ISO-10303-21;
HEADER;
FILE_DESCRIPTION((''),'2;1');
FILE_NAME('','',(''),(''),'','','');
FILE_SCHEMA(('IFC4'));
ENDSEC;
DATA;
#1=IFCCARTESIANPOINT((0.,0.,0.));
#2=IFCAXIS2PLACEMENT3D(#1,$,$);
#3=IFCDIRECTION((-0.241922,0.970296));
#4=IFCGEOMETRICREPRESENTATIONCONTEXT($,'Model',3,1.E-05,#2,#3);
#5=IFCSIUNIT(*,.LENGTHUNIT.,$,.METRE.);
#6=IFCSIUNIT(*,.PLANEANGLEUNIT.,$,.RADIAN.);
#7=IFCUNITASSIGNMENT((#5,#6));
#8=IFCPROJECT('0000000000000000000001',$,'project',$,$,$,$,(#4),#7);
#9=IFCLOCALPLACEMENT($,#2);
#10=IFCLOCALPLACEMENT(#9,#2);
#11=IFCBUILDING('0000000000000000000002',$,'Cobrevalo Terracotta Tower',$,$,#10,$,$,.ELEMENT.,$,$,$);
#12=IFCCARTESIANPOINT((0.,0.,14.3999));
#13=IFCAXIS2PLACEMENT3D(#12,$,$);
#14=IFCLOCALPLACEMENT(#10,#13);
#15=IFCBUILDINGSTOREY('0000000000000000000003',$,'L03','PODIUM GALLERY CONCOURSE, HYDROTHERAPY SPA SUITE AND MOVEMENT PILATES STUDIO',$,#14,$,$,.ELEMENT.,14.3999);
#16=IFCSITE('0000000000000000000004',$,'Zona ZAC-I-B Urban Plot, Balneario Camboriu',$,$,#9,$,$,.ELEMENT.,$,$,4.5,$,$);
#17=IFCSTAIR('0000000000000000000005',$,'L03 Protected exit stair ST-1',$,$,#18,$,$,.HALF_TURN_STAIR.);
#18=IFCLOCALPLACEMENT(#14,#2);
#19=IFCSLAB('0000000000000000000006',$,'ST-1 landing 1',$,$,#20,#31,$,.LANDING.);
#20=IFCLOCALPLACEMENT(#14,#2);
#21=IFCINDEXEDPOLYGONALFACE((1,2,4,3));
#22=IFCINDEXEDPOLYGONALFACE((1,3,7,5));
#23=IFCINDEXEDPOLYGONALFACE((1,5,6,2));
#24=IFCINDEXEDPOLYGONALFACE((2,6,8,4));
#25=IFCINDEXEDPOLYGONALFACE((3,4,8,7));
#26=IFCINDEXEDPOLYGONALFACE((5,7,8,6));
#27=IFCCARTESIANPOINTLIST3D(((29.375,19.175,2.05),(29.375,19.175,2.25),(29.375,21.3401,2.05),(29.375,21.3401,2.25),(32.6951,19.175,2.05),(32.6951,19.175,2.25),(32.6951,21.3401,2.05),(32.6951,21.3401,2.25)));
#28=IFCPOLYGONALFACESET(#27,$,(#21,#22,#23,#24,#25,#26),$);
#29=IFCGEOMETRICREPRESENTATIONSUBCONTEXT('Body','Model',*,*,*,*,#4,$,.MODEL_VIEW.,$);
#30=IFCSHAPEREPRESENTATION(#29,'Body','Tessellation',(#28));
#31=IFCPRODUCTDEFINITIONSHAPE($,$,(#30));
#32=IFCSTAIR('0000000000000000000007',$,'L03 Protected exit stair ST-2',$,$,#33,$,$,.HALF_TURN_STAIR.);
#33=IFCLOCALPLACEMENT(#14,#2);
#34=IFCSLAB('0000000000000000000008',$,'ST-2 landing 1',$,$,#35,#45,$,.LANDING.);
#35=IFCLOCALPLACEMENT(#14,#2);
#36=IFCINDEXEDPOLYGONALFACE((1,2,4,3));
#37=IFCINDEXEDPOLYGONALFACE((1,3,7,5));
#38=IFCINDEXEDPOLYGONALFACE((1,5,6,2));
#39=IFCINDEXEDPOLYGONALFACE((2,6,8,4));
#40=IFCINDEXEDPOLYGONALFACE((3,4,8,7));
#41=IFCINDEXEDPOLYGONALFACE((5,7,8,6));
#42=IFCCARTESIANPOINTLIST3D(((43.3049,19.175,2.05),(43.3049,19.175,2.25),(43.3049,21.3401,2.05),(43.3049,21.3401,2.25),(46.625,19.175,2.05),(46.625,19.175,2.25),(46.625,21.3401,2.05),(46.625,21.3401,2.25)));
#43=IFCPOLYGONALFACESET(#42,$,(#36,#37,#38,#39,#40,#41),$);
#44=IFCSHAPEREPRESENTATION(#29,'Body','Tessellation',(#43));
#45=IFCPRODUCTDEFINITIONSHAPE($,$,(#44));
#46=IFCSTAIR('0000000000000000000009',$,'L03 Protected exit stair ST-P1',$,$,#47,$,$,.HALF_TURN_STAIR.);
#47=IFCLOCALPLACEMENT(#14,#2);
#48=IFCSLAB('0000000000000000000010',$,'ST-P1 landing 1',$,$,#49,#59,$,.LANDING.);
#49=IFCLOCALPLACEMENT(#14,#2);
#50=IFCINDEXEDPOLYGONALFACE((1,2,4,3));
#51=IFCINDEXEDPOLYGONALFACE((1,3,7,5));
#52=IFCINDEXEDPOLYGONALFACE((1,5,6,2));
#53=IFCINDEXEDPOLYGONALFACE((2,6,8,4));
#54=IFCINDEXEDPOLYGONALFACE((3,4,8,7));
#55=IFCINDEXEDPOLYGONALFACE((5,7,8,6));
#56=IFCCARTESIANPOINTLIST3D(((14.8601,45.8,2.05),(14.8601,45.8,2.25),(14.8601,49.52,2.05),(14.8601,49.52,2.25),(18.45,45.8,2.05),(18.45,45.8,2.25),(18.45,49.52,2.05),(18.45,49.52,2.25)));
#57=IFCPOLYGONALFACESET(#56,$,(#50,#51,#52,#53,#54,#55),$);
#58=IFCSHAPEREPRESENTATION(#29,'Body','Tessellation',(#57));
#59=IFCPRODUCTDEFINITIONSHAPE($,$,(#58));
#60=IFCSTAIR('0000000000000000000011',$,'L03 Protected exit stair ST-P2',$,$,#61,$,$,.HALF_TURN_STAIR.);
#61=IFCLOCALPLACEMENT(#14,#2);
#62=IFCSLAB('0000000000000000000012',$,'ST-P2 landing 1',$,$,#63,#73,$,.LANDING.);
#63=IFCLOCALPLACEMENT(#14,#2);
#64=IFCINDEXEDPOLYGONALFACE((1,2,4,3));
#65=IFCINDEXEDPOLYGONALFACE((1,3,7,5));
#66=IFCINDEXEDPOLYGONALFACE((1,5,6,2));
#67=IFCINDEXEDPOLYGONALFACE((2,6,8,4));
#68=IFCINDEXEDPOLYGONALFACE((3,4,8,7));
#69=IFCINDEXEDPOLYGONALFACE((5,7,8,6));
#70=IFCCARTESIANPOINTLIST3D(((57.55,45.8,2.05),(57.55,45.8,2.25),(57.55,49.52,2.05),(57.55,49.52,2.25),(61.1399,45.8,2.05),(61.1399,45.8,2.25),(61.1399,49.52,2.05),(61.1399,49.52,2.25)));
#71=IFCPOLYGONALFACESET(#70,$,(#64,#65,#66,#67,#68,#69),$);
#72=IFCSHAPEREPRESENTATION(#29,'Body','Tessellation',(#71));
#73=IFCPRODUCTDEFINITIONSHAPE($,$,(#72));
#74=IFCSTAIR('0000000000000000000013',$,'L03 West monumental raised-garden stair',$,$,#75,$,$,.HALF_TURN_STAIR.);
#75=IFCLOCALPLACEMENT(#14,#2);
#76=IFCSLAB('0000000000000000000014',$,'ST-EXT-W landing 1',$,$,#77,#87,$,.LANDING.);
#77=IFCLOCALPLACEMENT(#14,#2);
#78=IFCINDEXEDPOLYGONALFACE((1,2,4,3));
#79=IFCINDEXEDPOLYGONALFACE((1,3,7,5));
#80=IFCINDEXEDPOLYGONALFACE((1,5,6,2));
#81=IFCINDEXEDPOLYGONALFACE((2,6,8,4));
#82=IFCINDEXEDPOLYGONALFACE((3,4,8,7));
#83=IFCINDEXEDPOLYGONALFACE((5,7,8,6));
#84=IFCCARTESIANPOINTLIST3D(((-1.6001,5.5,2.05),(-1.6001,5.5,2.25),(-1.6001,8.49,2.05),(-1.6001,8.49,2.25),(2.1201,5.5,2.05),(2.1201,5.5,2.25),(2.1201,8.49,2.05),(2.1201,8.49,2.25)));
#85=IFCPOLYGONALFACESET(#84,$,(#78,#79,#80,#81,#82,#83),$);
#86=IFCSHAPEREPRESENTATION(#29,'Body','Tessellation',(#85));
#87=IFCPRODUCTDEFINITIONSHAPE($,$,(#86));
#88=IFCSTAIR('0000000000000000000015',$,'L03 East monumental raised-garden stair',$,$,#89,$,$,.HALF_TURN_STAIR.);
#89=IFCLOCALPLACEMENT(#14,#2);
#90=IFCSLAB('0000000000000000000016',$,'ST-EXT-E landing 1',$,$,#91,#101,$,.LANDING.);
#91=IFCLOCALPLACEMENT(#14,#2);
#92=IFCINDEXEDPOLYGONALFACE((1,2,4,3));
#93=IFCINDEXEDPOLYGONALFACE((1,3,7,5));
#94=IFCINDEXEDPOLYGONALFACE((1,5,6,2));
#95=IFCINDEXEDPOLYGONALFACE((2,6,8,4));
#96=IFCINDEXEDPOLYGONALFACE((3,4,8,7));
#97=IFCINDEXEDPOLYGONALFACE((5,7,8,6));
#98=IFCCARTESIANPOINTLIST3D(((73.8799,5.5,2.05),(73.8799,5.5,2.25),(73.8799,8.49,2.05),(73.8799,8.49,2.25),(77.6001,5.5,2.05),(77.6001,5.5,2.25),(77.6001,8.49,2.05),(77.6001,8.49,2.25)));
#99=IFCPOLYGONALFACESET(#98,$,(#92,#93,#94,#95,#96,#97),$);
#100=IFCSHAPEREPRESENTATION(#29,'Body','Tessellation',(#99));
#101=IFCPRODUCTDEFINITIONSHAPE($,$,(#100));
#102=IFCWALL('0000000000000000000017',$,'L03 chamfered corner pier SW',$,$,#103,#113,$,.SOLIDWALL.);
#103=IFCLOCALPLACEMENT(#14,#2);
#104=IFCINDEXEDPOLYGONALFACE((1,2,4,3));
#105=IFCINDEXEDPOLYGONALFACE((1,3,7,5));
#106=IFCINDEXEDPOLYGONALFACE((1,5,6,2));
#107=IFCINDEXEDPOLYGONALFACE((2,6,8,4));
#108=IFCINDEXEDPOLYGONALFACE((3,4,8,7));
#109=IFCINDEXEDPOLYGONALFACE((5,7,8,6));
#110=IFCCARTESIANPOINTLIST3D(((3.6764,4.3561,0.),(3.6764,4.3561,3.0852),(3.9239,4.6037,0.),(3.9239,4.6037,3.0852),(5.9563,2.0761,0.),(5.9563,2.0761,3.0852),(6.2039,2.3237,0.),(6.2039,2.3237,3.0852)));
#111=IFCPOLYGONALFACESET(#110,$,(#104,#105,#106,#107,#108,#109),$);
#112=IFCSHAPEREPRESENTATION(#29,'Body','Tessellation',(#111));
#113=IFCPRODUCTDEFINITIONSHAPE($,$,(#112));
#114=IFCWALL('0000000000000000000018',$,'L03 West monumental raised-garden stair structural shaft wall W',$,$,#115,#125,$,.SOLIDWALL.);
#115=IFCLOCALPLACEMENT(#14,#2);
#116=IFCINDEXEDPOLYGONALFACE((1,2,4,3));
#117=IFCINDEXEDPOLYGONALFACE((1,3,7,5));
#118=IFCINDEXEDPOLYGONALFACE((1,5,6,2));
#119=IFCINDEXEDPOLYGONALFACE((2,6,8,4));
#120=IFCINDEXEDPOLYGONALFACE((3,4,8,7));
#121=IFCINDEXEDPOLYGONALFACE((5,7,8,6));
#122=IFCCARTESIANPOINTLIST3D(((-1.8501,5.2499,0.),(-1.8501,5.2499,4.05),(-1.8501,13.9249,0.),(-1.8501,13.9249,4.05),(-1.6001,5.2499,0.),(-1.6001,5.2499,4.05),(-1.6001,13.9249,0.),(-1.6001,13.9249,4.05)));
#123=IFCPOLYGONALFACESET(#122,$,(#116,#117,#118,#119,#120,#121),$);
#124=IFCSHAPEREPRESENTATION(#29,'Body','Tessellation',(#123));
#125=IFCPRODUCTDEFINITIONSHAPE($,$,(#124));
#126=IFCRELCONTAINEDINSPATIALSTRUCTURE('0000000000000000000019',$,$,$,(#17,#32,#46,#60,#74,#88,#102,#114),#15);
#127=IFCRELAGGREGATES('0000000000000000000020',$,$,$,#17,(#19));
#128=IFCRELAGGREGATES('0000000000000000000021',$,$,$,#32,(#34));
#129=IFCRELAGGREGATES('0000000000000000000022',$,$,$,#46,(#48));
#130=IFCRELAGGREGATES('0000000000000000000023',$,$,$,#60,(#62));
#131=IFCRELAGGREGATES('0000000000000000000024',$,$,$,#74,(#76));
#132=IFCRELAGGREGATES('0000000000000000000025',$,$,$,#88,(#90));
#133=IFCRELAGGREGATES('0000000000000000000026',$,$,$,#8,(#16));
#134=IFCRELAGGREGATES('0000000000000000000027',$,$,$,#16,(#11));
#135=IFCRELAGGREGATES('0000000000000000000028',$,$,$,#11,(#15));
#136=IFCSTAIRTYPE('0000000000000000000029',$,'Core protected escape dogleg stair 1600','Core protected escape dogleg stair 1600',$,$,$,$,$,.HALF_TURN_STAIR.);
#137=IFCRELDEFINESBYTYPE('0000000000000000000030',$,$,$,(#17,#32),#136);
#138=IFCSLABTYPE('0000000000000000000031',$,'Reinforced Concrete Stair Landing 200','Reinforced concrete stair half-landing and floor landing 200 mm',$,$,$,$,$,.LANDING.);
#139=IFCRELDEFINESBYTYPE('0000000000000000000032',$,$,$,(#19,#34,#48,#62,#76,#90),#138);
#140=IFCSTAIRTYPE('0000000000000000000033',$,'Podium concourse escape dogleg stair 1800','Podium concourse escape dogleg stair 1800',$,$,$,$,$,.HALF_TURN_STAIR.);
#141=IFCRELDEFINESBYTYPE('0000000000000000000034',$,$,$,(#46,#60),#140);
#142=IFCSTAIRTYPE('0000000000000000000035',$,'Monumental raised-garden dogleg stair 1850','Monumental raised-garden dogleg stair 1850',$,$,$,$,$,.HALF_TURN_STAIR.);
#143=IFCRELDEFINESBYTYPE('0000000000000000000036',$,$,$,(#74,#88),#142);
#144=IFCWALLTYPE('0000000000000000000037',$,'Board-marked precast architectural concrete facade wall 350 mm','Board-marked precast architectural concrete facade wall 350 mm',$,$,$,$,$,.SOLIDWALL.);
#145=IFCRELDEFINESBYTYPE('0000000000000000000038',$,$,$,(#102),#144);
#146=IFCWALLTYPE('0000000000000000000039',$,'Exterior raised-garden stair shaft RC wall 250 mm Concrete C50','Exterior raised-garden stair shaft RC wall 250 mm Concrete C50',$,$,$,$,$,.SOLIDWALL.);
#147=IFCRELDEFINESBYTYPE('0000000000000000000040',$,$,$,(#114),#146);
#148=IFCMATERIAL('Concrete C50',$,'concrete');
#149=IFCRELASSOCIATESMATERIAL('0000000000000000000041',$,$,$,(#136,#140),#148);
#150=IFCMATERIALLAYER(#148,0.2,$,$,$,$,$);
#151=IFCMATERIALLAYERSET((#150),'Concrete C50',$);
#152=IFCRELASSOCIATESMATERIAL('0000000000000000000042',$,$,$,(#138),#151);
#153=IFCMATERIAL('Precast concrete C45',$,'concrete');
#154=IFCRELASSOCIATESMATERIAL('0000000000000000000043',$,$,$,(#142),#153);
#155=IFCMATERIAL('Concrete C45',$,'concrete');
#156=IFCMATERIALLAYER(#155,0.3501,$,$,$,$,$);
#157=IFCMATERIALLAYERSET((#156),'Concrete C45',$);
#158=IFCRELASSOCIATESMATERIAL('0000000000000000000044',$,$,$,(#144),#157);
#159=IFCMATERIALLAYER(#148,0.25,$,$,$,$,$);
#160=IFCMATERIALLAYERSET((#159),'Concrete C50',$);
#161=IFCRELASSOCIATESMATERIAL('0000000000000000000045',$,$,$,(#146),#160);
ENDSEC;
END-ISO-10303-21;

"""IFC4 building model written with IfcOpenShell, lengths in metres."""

from ifc_helpers import new_model, si_unit, direction, frame, frame_2d, origin, place, context, subcontext, project, spatial, polyline, rectangle, outline, extrude, material, layer, layer_set, type_object, element, aggregate, save


model = new_model("IFC4")

# Units and contexts
model_context = context("Model", 3, precision=1e-05, world=origin(), true_north=direction((-0.241922, 0.970296)))
body_context = subcontext(model_context, "Body", "Model", "MODEL_VIEW")
ifc_project = project(units=[si_unit("LENGTHUNIT", "METRE"), si_unit("PLANEANGLEUNIT", "RADIAN")], contexts=[model_context])

# Site, building, storey
site_placement = place(None, origin())
site = spatial("IfcSite", under=ifc_project, at=site_placement, Name="Zona ZAC-I-B Urban Plot, Balneario Camboriu", CompositionType="ELEMENT", RefElevation=4.5)
building_placement = place(site_placement, origin())
building = spatial("IfcBuilding", under=site, at=building_placement, Name="Cobrevalo Terracotta Tower", CompositionType="ELEMENT")
storey_placement = place(building_placement, frame((0.0, 0.0, 14.3999)))
storey = spatial("IfcBuildingStorey", under=building, at=storey_placement, Name="L03", Description="PODIUM GALLERY CONCOURSE, HYDROTHERAPY SPA SUITE AND MOVEMENT PILATES STUDIO", CompositionType="ELEMENT", Elevation=14.3999)

# Shared definitions
ifc_material_1 = material(Name="Concrete C50", Category="concrete")

# Stairs, slabs
stair_type_1 = type_object("IfcStairType", Name="Core protected escape dogleg stair 1600", Description="Core protected escape dogleg stair 1600", PredefinedType="HALF_TURN_STAIR", material=ifc_material_1)
stair_1_placement = place(storey_placement, origin())
stair_1 = element("IfcStair", 1, at=stair_1_placement, inside=storey, type_object=stair_type_1, Name="L03 Protected exit stair ST-1", PredefinedType="HALF_TURN_STAIR")
ifc_layer_1 = layer(ifc_material_1, 0.2)
ifc_layer_set_1 = layer_set([ifc_layer_1], Name="Concrete C50")
slab_type_1 = type_object("IfcSlabType", Name="Reinforced Concrete Stair Landing 200", Description="Reinforced concrete stair half-landing and floor landing 200 mm", PredefinedType="LANDING", material=ifc_layer_set_1)
slab_1_placement = place(storey_placement, frame((0.0, 0.0, 2.05)))
slab_1 = element("IfcSlab", 2, at=slab_1_placement, type_object=slab_type_1, Name="ST-1 landing 1", PredefinedType="LANDING", context=body_context, shape_type="SweptSolid", body=[
    extrude(outline(polyline([(29.375, 21.3401), (29.375, 19.175), (32.6951, 19.175), (32.6951, 21.3401), (29.375, 21.3401)])), origin(), (0.0, 0.0, 1.0), 0.2),
])
aggregate(stair_1, [slab_1])
stair_2_placement = place(storey_placement, origin())
stair_2 = element("IfcStair", 3, at=stair_2_placement, inside=storey, type_object=stair_type_1, Name="L03 Protected exit stair ST-2", PredefinedType="HALF_TURN_STAIR")
slab_2_placement = place(storey_placement, frame((0.0, 0.0, 2.05)))
slab_2 = element("IfcSlab", 4, at=slab_2_placement, type_object=slab_type_1, Name="ST-2 landing 1", PredefinedType="LANDING", context=body_context, shape_type="SweptSolid", body=[
    extrude(outline(polyline([(43.3049, 21.3401), (43.3049, 19.175), (46.625, 19.175), (46.625, 21.3401), (43.3049, 21.3401)])), origin(), (0.0, 0.0, 1.0), 0.2),
])
aggregate(stair_2, [slab_2])
stair_type_2 = type_object("IfcStairType", Name="Podium concourse escape dogleg stair 1800", Description="Podium concourse escape dogleg stair 1800", PredefinedType="HALF_TURN_STAIR", material=ifc_material_1)
stair_3_placement = place(storey_placement, origin())
stair_3 = element("IfcStair", 5, at=stair_3_placement, inside=storey, type_object=stair_type_2, Name="L03 Protected exit stair ST-P1", PredefinedType="HALF_TURN_STAIR")
slab_3_placement = place(storey_placement, frame((0.0, 0.0, 2.05)))
slab_3 = element("IfcSlab", 6, at=slab_3_placement, type_object=slab_type_1, Name="ST-P1 landing 1", PredefinedType="LANDING", context=body_context, shape_type="SweptSolid", body=[
    extrude(outline(polyline([(14.8601, 45.8), (18.45, 45.8), (18.45, 49.52), (14.8601, 49.52), (14.8601, 45.8)])), origin(), (0.0, 0.0, 1.0), 0.2),
])
aggregate(stair_3, [slab_3])
stair_4_placement = place(storey_placement, origin())
stair_4 = element("IfcStair", 7, at=stair_4_placement, inside=storey, type_object=stair_type_2, Name="L03 Protected exit stair ST-P2", PredefinedType="HALF_TURN_STAIR")
slab_4_placement = place(storey_placement, frame((0.0, 0.0, 2.05)))
slab_4 = element("IfcSlab", 8, at=slab_4_placement, type_object=slab_type_1, Name="ST-P2 landing 1", PredefinedType="LANDING", context=body_context, shape_type="SweptSolid", body=[
    extrude(outline(polyline([(61.1399, 49.52), (57.55, 49.52), (57.55, 45.8), (61.1399, 45.8), (61.1399, 49.52)])), origin(), (0.0, 0.0, 1.0), 0.2),
])
aggregate(stair_4, [slab_4])
ifc_material_2 = material(Name="Precast concrete C45", Category="concrete")
stair_type_3 = type_object("IfcStairType", Name="Monumental raised-garden dogleg stair 1850", Description="Monumental raised-garden dogleg stair 1850", PredefinedType="HALF_TURN_STAIR", material=ifc_material_2)
stair_5_placement = place(storey_placement, origin())
stair_5 = element("IfcStair", 9, at=stair_5_placement, inside=storey, type_object=stair_type_3, Name="L03 West monumental raised-garden stair", PredefinedType="HALF_TURN_STAIR")
slab_5_placement = place(storey_placement, frame((0.0, 0.0, 2.05)))
slab_5 = element("IfcSlab", 10, at=slab_5_placement, type_object=slab_type_1, Name="ST-EXT-W landing 1", PredefinedType="LANDING", context=body_context, shape_type="SweptSolid", body=[
    extrude(outline(polyline([(-1.6001, 8.49), (-1.6001, 5.5), (2.1201, 5.5), (2.1201, 8.49), (-1.6001, 8.49)])), origin(), (0.0, 0.0, 1.0), 0.2),
])
aggregate(stair_5, [slab_5])
stair_6_placement = place(storey_placement, origin())
stair_6 = element("IfcStair", 11, at=stair_6_placement, inside=storey, type_object=stair_type_3, Name="L03 East monumental raised-garden stair", PredefinedType="HALF_TURN_STAIR")
slab_6_placement = place(storey_placement, frame((0.0, 0.0, 2.05)))
slab_6 = element("IfcSlab", 12, at=slab_6_placement, type_object=slab_type_1, Name="ST-EXT-E landing 1", PredefinedType="LANDING", context=body_context, shape_type="SweptSolid", body=[
    extrude(outline(polyline([(73.8799, 8.49), (73.8799, 5.5), (77.6001, 5.5), (77.6001, 8.49), (73.8799, 8.49)])), origin(), (0.0, 0.0, 1.0), 0.2),
])
aggregate(stair_6, [slab_6])

# Walls
ifc_material_3 = material(Name="Concrete C45", Category="concrete")
ifc_layer_2 = layer(ifc_material_3, 0.3501)
ifc_layer_set_2 = layer_set([ifc_layer_2], Name="Concrete C45")
wall_type_1 = type_object("IfcWallType", Name="Board-marked precast architectural concrete facade wall 350 mm", Description="Board-marked precast architectural concrete facade wall 350 mm", PredefinedType="SOLIDWALL", material=ifc_layer_set_2)
wall_1_placement = place(storey_placement, frame((3.8, 4.48, 0.0), z_axis=(0.0, 0.0, 1.0), x_axis=(0.707107, -0.707107, 0.0)))
element("IfcWall", 13, at=wall_1_placement, inside=storey, type_object=wall_type_1, Name="L03 chamfered corner pier SW", PredefinedType="SOLIDWALL", context=body_context, shape_type="SweptSolid", body=[
    extrude(rectangle(XDim=3.2244, YDim=0.3501, at=frame_2d((1.6123, 0.0))), origin(), (0.0, 0.0, 1.0), 3.0852),
])
ifc_layer_3 = layer(ifc_material_1, 0.25)
ifc_layer_set_3 = layer_set([ifc_layer_3], Name="Concrete C50")
wall_type_2 = type_object("IfcWallType", Name="Exterior raised-garden stair shaft RC wall 250 mm Concrete C50", Description="Exterior raised-garden stair shaft RC wall 250 mm Concrete C50", PredefinedType="SOLIDWALL", material=ifc_layer_set_3)
wall_2_placement = place(storey_placement, frame((-1.7251, 5.25, 0.0), z_axis=(0.0, 0.0, 1.0), x_axis=(0.0, 1.0, 0.0)))
element("IfcWall", 14, at=wall_2_placement, inside=storey, type_object=wall_type_2, Name="L03 West monumental raised-garden stair structural shaft wall W", PredefinedType="SOLIDWALL", context=body_context, shape_type="SweptSolid", body=[
    extrude(rectangle(XDim=8.675, YDim=0.25, at=frame_2d((4.3374, 0.0))), origin(), (0.0, 0.0, 1.0), 4.05),
])

save(model, "model.ifc")
